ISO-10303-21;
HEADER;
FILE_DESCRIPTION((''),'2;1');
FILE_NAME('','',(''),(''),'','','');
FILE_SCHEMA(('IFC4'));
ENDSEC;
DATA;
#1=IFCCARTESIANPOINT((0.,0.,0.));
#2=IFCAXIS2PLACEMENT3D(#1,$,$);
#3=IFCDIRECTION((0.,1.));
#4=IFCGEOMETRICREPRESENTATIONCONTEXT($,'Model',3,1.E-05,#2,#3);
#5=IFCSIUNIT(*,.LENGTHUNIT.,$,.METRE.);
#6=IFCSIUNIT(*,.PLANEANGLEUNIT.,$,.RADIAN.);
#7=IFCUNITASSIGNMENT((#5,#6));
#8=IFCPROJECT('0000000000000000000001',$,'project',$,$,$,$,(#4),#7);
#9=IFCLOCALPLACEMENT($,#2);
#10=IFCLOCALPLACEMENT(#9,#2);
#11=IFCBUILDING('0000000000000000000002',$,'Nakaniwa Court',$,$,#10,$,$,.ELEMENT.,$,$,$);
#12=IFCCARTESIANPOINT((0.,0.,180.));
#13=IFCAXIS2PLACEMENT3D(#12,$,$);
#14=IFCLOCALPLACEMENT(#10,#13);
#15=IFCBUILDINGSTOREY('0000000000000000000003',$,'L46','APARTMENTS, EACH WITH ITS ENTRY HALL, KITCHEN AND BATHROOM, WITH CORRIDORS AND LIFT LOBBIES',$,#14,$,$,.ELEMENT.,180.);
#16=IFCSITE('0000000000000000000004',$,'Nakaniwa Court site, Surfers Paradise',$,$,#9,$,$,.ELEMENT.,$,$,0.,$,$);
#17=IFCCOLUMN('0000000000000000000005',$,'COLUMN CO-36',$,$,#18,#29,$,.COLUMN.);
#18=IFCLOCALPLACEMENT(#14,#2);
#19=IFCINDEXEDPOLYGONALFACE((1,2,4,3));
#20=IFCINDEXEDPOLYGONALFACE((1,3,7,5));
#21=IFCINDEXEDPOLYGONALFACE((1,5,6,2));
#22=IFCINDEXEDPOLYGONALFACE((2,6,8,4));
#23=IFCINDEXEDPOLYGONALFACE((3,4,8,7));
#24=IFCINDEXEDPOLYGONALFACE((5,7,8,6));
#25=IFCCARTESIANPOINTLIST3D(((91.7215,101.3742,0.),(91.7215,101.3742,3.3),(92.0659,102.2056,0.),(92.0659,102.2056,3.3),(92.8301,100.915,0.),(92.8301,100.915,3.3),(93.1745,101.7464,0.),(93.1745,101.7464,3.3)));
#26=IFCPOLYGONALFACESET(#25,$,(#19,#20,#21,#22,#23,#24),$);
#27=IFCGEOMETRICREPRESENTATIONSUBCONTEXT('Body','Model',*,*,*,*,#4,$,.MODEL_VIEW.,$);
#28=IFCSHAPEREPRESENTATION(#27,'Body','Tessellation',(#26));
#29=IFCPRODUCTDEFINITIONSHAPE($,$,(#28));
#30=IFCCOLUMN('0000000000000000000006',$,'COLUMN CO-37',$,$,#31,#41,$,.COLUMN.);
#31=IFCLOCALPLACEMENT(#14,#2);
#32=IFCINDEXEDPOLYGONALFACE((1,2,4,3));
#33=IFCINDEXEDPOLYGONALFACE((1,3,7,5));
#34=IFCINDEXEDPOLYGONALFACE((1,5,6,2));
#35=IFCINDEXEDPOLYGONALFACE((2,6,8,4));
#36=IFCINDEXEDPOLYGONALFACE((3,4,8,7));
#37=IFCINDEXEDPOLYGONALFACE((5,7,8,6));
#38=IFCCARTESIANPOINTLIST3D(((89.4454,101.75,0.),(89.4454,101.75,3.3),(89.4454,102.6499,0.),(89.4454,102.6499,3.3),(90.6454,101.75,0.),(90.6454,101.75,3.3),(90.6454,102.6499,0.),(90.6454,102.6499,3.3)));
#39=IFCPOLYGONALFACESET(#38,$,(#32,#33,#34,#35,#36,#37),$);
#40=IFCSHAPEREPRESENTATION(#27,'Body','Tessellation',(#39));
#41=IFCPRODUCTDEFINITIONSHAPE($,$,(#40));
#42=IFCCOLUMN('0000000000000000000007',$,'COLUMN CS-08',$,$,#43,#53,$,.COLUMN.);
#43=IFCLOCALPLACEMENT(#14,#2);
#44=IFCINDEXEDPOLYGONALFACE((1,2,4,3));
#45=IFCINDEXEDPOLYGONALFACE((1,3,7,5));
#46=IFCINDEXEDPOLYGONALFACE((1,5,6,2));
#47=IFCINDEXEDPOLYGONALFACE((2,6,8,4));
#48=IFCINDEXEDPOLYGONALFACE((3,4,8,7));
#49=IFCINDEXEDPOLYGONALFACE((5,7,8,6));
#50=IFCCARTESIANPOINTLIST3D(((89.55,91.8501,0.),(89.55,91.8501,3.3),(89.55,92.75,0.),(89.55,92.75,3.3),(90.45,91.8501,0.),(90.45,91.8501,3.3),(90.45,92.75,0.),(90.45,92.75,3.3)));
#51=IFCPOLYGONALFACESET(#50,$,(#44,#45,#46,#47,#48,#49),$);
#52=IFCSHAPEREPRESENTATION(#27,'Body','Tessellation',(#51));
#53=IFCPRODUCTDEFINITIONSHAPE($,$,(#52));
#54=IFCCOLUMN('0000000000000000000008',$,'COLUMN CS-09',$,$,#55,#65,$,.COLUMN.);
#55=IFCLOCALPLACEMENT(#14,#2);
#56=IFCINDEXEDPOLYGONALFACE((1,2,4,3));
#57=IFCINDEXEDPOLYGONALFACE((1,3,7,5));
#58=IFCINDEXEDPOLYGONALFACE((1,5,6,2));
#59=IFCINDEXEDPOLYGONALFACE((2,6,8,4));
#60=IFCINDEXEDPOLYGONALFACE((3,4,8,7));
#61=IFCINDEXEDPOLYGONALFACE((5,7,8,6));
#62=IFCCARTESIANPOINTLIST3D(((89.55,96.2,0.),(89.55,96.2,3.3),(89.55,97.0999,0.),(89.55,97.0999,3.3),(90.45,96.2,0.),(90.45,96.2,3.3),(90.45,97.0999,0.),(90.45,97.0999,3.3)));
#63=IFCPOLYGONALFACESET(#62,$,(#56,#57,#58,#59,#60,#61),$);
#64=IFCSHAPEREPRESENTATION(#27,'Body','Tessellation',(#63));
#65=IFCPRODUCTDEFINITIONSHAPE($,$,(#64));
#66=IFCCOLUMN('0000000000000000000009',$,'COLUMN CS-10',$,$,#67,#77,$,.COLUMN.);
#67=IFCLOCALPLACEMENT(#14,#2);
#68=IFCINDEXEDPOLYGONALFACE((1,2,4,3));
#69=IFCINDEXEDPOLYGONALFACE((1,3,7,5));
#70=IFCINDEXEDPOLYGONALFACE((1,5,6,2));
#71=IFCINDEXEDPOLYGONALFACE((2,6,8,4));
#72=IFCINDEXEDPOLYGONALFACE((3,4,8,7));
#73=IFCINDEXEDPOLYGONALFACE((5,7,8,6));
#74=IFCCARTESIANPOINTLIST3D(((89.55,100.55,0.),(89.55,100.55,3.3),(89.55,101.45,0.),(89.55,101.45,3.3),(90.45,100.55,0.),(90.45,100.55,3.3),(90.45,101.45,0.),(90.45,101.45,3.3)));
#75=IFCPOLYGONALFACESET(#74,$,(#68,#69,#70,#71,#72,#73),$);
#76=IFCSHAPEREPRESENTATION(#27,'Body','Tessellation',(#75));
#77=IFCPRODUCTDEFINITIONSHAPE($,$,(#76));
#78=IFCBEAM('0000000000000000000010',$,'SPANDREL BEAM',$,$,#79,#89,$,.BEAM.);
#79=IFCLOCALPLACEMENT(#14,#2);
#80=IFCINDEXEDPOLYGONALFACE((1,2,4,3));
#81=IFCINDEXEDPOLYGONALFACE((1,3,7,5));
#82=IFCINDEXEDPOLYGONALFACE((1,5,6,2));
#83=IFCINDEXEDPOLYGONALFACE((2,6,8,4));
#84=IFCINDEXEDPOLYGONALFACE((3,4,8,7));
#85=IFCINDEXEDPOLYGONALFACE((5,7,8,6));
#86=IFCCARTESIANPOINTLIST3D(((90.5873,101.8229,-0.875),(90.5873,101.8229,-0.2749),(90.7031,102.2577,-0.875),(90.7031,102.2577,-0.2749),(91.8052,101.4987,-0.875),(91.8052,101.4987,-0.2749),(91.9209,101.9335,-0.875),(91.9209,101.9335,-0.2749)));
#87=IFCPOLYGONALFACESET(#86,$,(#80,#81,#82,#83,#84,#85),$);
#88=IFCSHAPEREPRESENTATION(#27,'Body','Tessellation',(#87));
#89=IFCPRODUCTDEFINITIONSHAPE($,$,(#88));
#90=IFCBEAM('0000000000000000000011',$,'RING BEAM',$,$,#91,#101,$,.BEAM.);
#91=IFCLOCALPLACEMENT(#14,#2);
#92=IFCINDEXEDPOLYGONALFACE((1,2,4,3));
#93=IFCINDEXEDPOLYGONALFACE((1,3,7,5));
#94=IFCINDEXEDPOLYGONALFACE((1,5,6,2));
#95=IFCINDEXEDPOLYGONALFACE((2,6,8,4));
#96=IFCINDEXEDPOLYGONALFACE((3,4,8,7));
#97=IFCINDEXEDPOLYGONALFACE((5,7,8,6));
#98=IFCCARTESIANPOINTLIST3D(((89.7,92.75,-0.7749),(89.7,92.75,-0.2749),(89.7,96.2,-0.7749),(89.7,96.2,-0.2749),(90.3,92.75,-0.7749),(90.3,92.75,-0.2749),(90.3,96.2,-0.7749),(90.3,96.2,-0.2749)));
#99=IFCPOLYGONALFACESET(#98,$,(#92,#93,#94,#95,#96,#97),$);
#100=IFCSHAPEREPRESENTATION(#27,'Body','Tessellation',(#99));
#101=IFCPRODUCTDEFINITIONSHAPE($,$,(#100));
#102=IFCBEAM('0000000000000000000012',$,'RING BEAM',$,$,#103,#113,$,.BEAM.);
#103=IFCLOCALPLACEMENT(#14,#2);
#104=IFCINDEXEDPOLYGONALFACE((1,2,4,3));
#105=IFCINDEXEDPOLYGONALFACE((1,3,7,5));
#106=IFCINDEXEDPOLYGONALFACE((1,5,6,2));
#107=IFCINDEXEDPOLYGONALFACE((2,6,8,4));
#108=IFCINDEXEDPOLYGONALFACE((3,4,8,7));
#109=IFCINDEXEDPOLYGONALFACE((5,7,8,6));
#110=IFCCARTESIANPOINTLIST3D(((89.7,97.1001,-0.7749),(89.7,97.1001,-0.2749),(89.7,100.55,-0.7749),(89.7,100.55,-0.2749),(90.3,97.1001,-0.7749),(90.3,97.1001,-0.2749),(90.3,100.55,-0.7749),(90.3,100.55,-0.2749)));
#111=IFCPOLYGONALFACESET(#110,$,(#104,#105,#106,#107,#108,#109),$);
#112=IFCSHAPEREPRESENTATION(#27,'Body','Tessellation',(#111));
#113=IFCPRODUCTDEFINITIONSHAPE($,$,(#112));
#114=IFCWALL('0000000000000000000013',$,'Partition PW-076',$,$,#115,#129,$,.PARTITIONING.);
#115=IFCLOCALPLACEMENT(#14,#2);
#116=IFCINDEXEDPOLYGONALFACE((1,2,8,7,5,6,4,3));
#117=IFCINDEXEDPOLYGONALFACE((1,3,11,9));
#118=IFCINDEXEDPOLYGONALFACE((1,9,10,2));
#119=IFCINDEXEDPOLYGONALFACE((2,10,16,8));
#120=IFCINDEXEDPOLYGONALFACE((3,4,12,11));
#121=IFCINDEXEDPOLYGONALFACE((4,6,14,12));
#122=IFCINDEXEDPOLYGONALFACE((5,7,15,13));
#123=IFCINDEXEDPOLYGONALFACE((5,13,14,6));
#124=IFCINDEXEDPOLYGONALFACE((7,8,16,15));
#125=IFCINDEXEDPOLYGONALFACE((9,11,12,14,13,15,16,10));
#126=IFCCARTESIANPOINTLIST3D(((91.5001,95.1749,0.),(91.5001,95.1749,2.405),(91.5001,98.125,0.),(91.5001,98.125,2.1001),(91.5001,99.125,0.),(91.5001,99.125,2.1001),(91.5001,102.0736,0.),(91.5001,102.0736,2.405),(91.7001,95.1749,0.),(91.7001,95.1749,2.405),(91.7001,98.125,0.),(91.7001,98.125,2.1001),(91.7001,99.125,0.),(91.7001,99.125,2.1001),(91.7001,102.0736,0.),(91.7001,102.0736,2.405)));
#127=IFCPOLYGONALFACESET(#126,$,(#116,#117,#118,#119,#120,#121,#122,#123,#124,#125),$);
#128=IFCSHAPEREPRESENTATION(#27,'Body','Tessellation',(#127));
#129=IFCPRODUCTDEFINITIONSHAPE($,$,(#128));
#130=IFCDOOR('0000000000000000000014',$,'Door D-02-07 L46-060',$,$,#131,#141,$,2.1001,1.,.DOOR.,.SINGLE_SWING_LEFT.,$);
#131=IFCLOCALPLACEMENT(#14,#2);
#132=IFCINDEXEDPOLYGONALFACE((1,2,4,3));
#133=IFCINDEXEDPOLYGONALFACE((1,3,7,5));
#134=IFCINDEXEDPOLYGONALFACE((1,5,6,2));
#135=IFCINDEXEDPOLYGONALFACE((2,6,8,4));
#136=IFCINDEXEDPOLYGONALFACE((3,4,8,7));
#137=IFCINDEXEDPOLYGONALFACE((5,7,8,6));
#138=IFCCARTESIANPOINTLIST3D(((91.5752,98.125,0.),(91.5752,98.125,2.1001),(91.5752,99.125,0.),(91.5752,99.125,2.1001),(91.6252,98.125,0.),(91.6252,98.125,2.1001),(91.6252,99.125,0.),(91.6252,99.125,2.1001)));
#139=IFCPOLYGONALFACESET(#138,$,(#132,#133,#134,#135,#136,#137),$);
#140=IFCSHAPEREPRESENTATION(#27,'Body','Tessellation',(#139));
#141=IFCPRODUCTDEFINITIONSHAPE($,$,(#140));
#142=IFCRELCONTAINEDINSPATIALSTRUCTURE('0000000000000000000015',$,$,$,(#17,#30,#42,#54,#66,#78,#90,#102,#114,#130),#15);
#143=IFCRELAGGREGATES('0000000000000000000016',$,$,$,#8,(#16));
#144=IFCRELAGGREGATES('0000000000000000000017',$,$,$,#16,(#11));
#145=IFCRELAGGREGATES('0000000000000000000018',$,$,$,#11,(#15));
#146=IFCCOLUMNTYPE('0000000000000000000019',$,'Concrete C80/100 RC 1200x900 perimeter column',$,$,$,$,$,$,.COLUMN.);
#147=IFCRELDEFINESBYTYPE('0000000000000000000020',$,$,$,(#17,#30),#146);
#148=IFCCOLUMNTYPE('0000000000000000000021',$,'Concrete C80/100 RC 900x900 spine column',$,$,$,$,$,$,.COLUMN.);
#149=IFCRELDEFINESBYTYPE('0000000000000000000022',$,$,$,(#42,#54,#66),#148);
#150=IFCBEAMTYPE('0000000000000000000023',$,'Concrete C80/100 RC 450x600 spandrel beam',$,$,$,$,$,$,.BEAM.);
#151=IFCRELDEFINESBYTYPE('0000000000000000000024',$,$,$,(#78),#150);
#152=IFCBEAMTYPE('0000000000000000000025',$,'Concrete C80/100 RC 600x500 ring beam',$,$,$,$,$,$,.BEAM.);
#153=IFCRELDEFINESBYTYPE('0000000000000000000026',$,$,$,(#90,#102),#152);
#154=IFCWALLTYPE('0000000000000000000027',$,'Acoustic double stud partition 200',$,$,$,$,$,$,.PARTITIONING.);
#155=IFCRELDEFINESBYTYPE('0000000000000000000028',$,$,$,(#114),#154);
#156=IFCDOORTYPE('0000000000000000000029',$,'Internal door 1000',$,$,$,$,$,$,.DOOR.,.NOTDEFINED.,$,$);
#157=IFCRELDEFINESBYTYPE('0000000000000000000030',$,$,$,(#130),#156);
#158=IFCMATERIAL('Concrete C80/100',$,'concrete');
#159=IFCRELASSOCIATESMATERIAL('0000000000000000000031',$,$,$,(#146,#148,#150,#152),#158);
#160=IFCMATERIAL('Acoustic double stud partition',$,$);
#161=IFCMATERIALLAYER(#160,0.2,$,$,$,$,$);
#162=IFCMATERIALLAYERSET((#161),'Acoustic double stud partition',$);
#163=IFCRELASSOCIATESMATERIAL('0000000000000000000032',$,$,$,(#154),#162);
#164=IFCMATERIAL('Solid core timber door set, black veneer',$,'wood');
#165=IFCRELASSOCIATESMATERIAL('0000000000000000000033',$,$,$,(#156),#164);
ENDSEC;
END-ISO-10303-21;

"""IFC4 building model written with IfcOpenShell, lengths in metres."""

from ifc_helpers import new_model, si_unit, direction, frame, frame_2d, origin, origin_2d, place, context, subcontext, project, spatial, rectangle, extrude, material, layer, layer_set, material_profile, profile_set, type_object, element, fill, save


model = new_model("IFC4")

# Units and contexts
model_context = context("Model", 3, precision=1e-05, world=origin(), true_north=direction((0.0, 1.0)))
body_context = subcontext(model_context, "Body", "Model", "MODEL_VIEW")
ifc_project = project(units=[si_unit("LENGTHUNIT", "METRE"), si_unit("PLANEANGLEUNIT", "RADIAN")], contexts=[model_context])

# Site, building, storey
site_placement = place(None, origin())
site = spatial("IfcSite", under=ifc_project, at=site_placement, Name="Nakaniwa Court site, Surfers Paradise", CompositionType="ELEMENT", RefElevation=0.0)
building_placement = place(site_placement, origin())
building = spatial("IfcBuilding", under=site, at=building_placement, Name="Nakaniwa Court", CompositionType="ELEMENT")
storey_placement = place(building_placement, frame((0.0, 0.0, 180.0)))
storey = spatial("IfcBuildingStorey", under=building, at=storey_placement, Name="L46", Description="APARTMENTS, EACH WITH ITS ENTRY HALL, KITCHEN AND BATHROOM, WITH CORRIDORS AND LIFT LOBBIES", CompositionType="ELEMENT", Elevation=180.0)

# Columns
ifc_material_1 = material(Name="Concrete C80/100", Category="concrete")
ifc_material_profile_1 = material_profile(ifc_material_1, rectangle(XDim=1.2, YDim=0.8999, at=origin_2d()), Name="Concrete C80/100 RC 1200x900 perimeter column")
ifc_profile_set_1 = profile_set([ifc_material_profile_1], Name="Concrete C80/100")
column_type_1 = type_object("IfcColumnType", Name="Concrete C80/100 RC 1200x900 perimeter column", PredefinedType="COLUMN", material=ifc_profile_set_1)
for number, where, z_axis, x_axis, name in (
    (1, (92.448, 101.5603, 0.0), (0.0, 0.0, 1.0), (-0.92388, 0.382683, 0.0), "COLUMN CO-36"),
    (2, (90.0454, 102.2, 0.0), (0.0, 0.0, 1.0), (-1.0, 0.0, 0.0), "COLUMN CO-37"),
):
    element("IfcColumn", number, at=place(storey_placement, frame(where, z_axis=z_axis, x_axis=x_axis)), inside=storey, type_object=column_type_1, Name=name, PredefinedType="COLUMN", context=body_context, shape_type="SweptSolid", body=[
        extrude(rectangle(XDim=1.2, YDim=0.8999, at=origin_2d()), origin(), (0.0, 0.0, 1.0), 3.3),
    ])
ifc_material_profile_2 = material_profile(ifc_material_1, rectangle(XDim=0.8999, YDim=0.8999, at=origin_2d()), Name="Concrete C80/100 RC 900x900 spine column")
ifc_profile_set_2 = profile_set([ifc_material_profile_2], Name="Concrete C80/100")
column_type_2 = type_object("IfcColumnType", Name="Concrete C80/100 RC 900x900 spine column", PredefinedType="COLUMN", material=ifc_profile_set_2)
for number, where, z_axis, x_axis, name in (
    (3, (90.0, 92.3, 0.0), (0.0, 0.0, 1.0), (0.0, 1.0, 0.0), "COLUMN CS-08"),
    (4, (90.0, 96.6499, 0.0), (0.0, 0.0, 1.0), (0.0, 1.0, 0.0), "COLUMN CS-09"),
    (5, (90.0, 101.0, 0.0), (0.0, 0.0, 1.0), (0.0, 1.0, 0.0), "COLUMN CS-10"),
):
    element("IfcColumn", number, at=place(storey_placement, frame(where, z_axis=z_axis, x_axis=x_axis)), inside=storey, type_object=column_type_2, Name=name, PredefinedType="COLUMN", context=body_context, shape_type="SweptSolid", body=[
        extrude(rectangle(XDim=0.8999, YDim=0.8999, at=origin_2d()), origin(), (0.0, 0.0, 1.0), 3.3),
    ])

# Beams
ifc_material_profile_3 = material_profile(ifc_material_1, rectangle(XDim=0.45, YDim=0.6001, at=origin_2d()), Name="Concrete C80/100 RC 450x600 spandrel beam")
ifc_profile_set_3 = profile_set([ifc_material_profile_3], Name="Concrete C80/100")
beam_type_1 = type_object("IfcBeamType", Name="Concrete C80/100 RC 450x600 spandrel beam", PredefinedType="BEAM", material=ifc_profile_set_3)
beam_placement = place(storey_placement, frame((91.863, 101.7161, -0.575), z_axis=(-0.966338, 0.257277, 0.0), x_axis=(-0.257277, -0.966338, 0.0)))
element("IfcBeam", 6, at=beam_placement, inside=storey, type_object=beam_type_1, Name="SPANDREL BEAM", PredefinedType="BEAM", context=body_context, shape_type="SweptSolid", body=[
    extrude(rectangle(XDim=0.45, YDim=0.6001, at=origin_2d()), origin(), (0.0, 0.0, 1.0), 1.2603),
])
ifc_material_profile_4 = material_profile(ifc_material_1, rectangle(XDim=0.6001, YDim=0.5, at=origin_2d()), Name="Concrete C80/100 RC 600x500 ring beam")
ifc_profile_set_4 = profile_set([ifc_material_profile_4], Name="Concrete C80/100")
beam_type_2 = type_object("IfcBeamType", Name="Concrete C80/100 RC 600x500 ring beam", PredefinedType="BEAM", material=ifc_profile_set_4)
for number, where, z_axis, x_axis, name in (
    (7, (90.0, 92.75, -0.5249), (0.0, 1.0, 0.0), (-1.0, 0.0, 0.0), "RING BEAM"),
    (8, (90.0, 97.1001, -0.5249), (0.0, 1.0, 0.0), (-1.0, 0.0, 0.0), "RING BEAM"),
):
    element("IfcBeam", number, at=place(storey_placement, frame(where, z_axis=z_axis, x_axis=x_axis)), inside=storey, type_object=beam_type_2, Name=name, PredefinedType="BEAM", context=body_context, shape_type="SweptSolid", body=[
        extrude(rectangle(XDim=0.6001, YDim=0.5, at=origin_2d()), origin(), (0.0, 0.0, 1.0), 3.45),
    ])

# Wall, opening, door
ifc_material_2 = material(Name="Acoustic double stud partition")
ifc_layer_1 = layer(ifc_material_2, 0.2)
ifc_layer_set_1 = layer_set([ifc_layer_1], Name="Acoustic double stud partition")
wall_type_1 = type_object("IfcWallType", Name="Acoustic double stud partition 200", PredefinedType="PARTITIONING", material=ifc_layer_set_1)
wall_1_placement = place(storey_placement, frame((91.6001, 95.175, 0.0), z_axis=(0.0, 0.0, 1.0), x_axis=(0.0, 1.0, 0.0)))
wall_1 = element("IfcWall", 9, at=wall_1_placement, inside=storey, type_object=wall_type_1, Name="Partition PW-076", PredefinedType="PARTITIONING", context=body_context, shape_type="SweptSolid", body=[
    extrude(rectangle(XDim=6.8987, YDim=0.2, at=frame_2d((3.4492, 0.0))), origin(), (0.0, 0.0, 1.0), 2.405),
])
opening_1_placement = place(wall_1_placement, frame((2.95, 0.0, 0.0)))
opening_1 = element("IfcOpeningElement", 10, at=opening_1_placement, cuts=wall_1, PredefinedType="OPENING", context=body_context, shape_type="SweptSolid", body=[
    extrude(rectangle(XDim=1.0, YDim=2.1001, at=frame_2d((0.5, 1.05))), frame((0.0, 0.1099, 0.0), z_axis=(0.0, -1.0, 0.0), x_axis=(1.0, 0.0, 0.0)), (0.0, 0.0, 1.0), 0.22),
])
ifc_material_3 = material(Name="Solid core timber door set, black veneer", Category="wood")
door_type_1 = type_object("IfcDoorType", Name="Internal door 1000", OperationType="NOTDEFINED", PredefinedType="DOOR", material=ifc_material_3)
door_1_placement = place(opening_1_placement, origin())
door_1 = element("IfcDoor", 11, at=door_1_placement, inside=storey, type_object=door_type_1, Name="Door D-02-07 L46-060", OperationType="SINGLE_SWING_LEFT", OverallHeight=2.1001, OverallWidth=1.0, PredefinedType="DOOR", context=body_context, shape_type="SweptSolid", body=[
    extrude(rectangle(XDim=1.0, YDim=2.1001, at=frame_2d((0.5, 1.05))), frame((0.0, 0.0249, 0.0), z_axis=(0.0, -1.0, 0.0), x_axis=(1.0, 0.0, 0.0)), (0.0, 0.0, 1.0), 0.05),
])
fill(opening_1, door_1)

save(model, "model.ifc")
